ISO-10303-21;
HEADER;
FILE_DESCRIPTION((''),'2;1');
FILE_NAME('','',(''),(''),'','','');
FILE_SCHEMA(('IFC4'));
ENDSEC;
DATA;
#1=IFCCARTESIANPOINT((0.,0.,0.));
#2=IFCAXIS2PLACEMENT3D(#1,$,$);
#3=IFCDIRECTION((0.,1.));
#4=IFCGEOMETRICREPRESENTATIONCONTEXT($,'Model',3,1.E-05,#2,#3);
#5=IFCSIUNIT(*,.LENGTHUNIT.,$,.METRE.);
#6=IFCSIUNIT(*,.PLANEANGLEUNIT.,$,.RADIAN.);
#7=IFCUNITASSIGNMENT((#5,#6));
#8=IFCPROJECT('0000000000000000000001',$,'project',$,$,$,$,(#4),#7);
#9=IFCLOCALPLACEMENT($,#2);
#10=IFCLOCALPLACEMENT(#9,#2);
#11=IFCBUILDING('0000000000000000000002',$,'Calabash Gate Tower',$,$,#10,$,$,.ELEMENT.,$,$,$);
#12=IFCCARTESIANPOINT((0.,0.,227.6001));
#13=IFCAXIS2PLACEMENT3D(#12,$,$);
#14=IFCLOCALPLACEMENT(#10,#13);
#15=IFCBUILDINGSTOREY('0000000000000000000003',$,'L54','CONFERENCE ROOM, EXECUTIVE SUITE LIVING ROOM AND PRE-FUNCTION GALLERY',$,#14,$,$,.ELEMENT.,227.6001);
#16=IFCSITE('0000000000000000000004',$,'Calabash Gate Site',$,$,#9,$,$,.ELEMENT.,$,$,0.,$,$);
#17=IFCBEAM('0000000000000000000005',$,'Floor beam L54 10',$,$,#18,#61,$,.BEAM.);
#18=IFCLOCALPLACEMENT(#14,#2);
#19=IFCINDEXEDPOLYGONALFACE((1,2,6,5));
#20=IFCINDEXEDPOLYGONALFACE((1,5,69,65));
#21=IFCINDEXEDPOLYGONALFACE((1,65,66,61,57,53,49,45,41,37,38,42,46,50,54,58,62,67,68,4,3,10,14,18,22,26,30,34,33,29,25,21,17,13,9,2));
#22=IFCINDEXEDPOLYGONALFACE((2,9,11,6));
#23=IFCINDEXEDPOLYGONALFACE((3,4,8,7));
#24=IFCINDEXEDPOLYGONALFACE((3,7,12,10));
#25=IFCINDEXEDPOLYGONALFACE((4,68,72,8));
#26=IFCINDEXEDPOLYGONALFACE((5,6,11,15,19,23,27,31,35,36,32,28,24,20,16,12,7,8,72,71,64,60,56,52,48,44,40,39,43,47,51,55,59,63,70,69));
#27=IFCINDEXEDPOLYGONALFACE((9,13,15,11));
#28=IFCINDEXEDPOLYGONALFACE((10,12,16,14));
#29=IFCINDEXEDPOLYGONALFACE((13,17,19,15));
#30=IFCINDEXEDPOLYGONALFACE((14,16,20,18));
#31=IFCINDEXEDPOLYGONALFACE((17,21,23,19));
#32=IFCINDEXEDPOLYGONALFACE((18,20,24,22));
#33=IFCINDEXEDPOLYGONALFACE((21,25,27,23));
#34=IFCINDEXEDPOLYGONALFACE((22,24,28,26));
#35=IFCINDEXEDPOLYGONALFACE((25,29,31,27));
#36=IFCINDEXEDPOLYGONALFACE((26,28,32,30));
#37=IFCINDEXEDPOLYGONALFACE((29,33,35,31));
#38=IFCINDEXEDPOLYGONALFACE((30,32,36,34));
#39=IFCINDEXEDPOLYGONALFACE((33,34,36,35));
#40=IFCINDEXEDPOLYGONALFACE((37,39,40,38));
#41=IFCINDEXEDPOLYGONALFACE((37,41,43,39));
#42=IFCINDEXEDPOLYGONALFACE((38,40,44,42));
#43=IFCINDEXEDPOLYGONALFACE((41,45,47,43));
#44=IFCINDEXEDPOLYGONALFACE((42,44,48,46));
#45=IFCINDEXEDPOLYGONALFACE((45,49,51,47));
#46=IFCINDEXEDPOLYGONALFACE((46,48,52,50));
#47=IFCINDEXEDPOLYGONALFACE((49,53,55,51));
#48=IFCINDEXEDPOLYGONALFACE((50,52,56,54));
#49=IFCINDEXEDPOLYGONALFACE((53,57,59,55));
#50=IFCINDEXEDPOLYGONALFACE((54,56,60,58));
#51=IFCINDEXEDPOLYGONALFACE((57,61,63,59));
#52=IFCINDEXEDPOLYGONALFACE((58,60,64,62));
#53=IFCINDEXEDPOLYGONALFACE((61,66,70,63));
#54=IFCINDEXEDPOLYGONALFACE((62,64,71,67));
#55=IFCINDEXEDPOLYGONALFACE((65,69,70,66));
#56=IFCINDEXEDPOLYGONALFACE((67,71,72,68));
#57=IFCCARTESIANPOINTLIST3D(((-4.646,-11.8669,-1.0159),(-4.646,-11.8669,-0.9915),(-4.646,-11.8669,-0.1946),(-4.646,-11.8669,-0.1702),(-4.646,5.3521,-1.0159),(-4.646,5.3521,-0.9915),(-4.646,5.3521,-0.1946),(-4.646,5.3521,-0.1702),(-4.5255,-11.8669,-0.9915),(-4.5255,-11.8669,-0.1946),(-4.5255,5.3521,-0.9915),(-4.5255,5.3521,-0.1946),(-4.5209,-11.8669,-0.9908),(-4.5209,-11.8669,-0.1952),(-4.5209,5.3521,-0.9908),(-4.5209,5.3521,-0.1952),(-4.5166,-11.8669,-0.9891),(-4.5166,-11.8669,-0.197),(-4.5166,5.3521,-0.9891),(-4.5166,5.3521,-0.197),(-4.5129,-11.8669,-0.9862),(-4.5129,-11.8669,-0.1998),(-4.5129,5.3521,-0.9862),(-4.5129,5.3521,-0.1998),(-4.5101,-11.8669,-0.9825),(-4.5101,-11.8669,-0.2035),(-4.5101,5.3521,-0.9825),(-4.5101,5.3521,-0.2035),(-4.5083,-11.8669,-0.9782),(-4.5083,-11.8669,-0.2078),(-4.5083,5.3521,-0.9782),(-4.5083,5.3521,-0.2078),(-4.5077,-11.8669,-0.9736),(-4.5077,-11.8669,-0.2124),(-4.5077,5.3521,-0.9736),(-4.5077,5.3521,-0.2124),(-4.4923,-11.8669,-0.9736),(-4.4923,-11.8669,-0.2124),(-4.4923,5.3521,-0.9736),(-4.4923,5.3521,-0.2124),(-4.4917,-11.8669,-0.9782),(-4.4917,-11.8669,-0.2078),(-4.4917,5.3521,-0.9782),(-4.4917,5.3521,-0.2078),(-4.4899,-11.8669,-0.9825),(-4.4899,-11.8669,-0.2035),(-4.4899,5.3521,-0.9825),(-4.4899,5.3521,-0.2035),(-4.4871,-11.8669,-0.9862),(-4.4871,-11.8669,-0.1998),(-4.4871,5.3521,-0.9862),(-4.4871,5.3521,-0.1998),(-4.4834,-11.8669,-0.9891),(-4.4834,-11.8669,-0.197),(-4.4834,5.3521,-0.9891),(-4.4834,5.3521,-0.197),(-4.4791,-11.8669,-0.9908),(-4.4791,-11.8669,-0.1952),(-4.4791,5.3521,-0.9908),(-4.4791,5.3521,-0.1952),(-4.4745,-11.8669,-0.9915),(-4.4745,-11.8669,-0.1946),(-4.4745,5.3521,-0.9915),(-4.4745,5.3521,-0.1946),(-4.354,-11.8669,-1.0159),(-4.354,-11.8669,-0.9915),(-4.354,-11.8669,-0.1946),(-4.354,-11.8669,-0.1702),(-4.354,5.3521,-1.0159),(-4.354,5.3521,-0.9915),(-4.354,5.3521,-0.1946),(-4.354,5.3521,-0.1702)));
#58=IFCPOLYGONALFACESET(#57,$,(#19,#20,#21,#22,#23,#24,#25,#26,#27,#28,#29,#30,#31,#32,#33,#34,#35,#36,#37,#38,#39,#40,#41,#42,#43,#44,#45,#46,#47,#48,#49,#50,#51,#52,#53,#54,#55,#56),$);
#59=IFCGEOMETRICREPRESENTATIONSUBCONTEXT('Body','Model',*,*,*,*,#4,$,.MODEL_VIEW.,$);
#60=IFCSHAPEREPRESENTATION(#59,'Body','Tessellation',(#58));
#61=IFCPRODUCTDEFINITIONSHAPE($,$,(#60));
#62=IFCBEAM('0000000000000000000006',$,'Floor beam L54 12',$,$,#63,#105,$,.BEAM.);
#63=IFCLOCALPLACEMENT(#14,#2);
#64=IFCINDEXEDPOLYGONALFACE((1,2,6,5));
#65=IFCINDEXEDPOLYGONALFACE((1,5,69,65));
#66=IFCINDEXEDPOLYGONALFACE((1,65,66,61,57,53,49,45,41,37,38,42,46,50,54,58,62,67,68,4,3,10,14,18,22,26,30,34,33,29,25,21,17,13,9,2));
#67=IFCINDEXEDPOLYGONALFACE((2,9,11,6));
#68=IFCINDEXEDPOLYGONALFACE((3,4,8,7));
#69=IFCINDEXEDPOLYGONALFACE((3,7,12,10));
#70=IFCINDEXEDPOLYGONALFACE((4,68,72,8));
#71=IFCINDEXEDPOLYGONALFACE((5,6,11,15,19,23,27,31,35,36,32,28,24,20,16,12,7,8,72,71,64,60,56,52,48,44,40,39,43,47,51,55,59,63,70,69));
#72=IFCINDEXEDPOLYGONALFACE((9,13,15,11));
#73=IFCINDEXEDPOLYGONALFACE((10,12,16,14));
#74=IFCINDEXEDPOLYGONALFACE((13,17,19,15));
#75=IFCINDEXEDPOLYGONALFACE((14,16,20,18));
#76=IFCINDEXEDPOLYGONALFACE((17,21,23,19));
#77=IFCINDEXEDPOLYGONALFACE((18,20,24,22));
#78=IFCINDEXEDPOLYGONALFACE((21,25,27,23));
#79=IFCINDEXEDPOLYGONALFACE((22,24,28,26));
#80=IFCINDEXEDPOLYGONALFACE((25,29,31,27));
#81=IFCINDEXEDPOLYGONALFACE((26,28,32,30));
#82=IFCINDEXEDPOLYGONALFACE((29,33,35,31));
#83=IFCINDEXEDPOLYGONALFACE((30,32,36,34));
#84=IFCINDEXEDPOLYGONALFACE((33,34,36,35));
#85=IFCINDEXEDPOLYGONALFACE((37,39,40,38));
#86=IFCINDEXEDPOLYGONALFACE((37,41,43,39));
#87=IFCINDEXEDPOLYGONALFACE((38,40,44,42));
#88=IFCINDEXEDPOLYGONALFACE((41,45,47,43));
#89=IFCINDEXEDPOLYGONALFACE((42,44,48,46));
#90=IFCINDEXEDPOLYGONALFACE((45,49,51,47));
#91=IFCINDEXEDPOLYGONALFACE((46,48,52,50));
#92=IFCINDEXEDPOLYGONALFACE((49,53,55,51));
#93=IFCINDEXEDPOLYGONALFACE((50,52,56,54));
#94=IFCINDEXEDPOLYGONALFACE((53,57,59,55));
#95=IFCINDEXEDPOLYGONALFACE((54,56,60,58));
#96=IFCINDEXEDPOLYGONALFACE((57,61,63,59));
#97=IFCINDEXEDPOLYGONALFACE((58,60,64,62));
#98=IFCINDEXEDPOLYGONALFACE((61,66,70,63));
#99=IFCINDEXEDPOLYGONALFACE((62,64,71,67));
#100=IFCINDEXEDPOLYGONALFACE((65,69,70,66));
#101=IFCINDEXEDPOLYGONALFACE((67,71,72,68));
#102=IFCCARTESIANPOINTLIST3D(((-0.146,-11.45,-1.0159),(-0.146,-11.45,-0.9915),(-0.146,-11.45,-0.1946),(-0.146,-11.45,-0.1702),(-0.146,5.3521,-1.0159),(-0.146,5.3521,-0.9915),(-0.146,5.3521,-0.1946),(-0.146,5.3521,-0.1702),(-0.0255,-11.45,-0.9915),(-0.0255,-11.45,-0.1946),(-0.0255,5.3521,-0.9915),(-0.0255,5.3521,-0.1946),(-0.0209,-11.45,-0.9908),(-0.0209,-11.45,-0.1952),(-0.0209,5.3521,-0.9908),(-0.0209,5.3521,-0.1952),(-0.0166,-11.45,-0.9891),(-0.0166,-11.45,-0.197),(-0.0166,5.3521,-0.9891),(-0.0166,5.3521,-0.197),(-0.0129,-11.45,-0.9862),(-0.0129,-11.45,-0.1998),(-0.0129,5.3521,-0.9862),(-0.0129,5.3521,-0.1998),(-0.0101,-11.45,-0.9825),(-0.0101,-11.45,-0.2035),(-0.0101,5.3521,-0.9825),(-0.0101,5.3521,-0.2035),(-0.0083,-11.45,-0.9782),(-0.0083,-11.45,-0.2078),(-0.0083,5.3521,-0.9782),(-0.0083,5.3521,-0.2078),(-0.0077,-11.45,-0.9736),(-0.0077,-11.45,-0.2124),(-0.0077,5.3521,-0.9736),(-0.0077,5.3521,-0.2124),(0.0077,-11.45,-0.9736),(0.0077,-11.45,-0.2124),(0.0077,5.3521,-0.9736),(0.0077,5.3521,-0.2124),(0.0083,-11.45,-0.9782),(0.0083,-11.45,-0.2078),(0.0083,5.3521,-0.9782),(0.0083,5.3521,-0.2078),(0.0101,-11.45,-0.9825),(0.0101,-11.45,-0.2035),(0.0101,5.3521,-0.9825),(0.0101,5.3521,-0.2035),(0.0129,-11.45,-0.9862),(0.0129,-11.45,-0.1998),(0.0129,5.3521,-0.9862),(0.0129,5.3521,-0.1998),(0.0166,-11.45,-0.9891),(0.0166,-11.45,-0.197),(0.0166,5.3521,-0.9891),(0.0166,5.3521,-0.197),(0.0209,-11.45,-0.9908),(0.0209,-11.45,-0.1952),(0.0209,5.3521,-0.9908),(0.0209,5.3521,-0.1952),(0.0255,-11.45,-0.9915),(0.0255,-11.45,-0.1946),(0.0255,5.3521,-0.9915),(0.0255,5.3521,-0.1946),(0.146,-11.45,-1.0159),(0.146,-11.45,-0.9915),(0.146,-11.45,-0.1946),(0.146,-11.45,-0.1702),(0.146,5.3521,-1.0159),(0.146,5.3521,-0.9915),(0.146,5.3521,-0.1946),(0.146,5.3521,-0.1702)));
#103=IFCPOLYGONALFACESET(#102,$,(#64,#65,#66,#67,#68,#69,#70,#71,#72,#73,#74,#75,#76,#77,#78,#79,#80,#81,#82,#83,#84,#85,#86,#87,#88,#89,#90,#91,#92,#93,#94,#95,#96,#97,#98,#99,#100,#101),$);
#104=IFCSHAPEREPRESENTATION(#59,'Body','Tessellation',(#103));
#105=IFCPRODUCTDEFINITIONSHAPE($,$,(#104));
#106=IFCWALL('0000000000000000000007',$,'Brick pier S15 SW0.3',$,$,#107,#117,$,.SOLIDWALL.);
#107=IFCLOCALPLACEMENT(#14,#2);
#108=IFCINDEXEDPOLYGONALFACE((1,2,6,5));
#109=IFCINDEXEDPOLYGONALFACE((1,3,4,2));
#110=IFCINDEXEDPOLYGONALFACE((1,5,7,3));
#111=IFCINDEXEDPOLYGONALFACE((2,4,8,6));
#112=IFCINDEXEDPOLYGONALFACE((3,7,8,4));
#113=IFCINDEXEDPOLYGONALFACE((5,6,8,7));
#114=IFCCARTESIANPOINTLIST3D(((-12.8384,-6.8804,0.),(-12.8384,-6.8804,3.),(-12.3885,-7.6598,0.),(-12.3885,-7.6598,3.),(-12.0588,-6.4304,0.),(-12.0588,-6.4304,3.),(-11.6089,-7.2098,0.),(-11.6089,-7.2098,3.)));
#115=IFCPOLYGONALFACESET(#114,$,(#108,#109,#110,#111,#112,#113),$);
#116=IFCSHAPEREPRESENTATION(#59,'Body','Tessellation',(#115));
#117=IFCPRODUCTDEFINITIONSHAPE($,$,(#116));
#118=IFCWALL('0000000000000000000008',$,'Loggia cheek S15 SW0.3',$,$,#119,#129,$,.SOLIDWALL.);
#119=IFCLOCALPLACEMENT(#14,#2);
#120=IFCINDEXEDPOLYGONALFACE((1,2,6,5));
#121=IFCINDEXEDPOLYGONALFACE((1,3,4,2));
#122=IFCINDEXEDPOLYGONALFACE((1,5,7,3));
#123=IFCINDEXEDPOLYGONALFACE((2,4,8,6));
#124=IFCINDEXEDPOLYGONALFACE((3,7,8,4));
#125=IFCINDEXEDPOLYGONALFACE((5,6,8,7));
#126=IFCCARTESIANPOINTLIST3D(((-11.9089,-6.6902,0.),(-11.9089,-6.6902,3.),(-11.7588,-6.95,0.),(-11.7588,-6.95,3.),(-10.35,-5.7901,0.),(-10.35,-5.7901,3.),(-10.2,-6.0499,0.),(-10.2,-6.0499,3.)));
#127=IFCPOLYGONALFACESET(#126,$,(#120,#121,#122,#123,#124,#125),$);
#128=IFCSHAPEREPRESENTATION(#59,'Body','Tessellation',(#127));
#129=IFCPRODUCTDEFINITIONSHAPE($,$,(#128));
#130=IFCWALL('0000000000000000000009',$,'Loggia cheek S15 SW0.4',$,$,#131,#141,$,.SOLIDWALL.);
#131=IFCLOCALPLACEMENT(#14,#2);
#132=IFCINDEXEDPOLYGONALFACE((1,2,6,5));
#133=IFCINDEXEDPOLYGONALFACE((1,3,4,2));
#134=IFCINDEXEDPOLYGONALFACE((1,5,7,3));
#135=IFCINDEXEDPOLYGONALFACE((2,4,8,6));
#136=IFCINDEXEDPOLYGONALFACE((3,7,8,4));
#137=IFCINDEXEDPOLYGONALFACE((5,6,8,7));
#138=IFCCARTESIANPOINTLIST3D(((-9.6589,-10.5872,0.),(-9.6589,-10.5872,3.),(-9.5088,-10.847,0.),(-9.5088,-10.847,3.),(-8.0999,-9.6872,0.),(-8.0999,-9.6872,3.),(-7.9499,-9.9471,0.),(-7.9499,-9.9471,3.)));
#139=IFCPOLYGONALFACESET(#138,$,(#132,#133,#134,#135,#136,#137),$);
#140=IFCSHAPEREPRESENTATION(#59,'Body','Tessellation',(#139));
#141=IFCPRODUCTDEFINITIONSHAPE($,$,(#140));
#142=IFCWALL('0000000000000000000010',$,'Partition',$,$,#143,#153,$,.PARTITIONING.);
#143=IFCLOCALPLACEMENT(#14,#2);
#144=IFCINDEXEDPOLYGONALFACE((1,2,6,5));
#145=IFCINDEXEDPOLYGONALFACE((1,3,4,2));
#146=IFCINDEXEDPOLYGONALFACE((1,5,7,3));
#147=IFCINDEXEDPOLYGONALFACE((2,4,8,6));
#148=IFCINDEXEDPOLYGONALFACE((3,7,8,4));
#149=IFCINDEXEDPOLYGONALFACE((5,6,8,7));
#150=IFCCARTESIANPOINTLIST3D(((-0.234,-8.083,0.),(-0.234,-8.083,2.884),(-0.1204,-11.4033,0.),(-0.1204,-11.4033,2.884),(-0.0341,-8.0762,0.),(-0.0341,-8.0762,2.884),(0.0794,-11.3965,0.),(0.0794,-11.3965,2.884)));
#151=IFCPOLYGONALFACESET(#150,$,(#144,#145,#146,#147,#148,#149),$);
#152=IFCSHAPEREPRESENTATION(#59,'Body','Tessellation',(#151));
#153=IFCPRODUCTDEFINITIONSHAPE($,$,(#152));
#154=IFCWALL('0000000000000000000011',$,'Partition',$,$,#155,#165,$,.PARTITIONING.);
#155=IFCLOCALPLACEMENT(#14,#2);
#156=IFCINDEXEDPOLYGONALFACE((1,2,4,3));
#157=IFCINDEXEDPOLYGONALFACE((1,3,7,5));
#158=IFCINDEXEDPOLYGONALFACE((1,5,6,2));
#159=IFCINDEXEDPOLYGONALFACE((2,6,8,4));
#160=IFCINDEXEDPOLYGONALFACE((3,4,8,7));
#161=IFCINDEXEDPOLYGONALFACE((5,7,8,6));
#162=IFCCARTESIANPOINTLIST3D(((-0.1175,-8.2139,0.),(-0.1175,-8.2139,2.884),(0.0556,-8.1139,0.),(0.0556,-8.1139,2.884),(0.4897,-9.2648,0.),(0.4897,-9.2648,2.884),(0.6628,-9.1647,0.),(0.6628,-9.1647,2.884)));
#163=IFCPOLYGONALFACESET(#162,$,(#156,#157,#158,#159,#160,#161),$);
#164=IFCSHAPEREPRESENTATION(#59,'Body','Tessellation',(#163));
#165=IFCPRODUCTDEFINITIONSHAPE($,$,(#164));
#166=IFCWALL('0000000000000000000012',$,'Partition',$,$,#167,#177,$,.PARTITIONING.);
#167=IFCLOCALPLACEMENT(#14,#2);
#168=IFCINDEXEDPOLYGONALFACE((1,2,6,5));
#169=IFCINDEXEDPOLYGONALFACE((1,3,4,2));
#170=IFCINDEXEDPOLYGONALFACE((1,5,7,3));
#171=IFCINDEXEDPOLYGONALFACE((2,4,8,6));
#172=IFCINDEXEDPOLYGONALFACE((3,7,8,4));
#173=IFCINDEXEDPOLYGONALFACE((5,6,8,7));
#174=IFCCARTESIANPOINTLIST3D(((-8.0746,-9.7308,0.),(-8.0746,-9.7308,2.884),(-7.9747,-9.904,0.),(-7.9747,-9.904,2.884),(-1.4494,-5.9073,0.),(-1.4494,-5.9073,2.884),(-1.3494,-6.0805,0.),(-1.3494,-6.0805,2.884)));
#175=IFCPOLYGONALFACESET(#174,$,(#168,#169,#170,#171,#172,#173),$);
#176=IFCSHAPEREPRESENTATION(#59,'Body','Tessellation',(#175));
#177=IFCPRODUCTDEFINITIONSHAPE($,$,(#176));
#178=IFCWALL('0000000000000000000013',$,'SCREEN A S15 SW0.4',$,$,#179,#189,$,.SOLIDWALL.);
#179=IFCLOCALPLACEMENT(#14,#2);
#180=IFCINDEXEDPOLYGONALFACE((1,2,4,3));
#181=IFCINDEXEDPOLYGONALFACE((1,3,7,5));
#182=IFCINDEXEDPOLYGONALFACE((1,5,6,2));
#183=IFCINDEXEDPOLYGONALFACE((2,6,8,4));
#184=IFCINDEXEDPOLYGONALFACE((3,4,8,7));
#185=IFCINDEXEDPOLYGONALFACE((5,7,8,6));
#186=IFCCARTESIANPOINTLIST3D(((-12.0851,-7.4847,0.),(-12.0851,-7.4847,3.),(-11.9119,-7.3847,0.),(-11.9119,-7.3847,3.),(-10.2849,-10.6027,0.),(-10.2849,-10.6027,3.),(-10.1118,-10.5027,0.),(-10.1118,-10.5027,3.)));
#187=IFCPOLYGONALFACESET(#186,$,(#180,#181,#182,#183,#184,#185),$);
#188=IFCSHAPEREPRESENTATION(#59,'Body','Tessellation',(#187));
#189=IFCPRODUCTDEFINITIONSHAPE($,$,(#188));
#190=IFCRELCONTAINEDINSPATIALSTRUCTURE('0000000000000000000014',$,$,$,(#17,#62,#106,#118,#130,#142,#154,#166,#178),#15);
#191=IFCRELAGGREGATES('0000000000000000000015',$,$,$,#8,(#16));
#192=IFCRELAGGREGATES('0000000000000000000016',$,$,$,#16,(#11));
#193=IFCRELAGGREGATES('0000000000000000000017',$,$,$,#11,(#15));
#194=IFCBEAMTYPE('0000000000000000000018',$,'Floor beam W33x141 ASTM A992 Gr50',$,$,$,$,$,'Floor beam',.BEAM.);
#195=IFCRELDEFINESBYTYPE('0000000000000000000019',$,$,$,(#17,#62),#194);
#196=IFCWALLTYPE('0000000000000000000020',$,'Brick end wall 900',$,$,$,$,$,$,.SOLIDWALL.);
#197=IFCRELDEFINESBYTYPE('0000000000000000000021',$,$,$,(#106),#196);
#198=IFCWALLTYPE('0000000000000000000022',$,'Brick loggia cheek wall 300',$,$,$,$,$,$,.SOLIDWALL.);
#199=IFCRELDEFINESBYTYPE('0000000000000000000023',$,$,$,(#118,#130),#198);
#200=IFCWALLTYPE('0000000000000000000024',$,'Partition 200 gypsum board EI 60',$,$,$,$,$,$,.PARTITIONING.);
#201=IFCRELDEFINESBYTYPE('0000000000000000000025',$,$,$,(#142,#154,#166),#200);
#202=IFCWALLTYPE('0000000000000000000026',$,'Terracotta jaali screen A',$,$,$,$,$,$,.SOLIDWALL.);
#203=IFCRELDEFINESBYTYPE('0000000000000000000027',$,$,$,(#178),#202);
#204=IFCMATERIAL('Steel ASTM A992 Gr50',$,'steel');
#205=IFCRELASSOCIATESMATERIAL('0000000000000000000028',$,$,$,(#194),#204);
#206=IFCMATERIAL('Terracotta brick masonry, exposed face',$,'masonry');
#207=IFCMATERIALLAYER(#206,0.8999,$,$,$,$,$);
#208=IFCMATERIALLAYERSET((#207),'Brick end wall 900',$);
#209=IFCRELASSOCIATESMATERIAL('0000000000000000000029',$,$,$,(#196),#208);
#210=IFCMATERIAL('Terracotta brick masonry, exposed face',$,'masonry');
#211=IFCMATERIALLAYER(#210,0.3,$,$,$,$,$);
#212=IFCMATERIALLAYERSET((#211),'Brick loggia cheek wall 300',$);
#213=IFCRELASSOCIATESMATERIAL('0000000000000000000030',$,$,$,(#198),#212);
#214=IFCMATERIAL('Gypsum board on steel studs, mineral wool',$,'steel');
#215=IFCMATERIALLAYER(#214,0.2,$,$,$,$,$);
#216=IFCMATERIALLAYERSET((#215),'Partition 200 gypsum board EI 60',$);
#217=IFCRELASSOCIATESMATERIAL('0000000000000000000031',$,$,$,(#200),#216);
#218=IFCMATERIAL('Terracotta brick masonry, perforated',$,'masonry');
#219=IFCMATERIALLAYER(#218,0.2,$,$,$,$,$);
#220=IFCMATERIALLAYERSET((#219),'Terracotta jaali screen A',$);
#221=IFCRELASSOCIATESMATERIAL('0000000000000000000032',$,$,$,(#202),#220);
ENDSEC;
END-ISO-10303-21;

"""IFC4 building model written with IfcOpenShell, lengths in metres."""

from ifc_helpers import new_model, si_unit, direction, frame, frame_2d, origin, origin_2d, place, context, subcontext, project, spatial, rectangle, i_section, extrude, material, layer, layer_set, material_profile, profile_set, type_object, element, save


model = new_model("IFC4")

# Units and contexts
model_context = context("Model", 3, precision=1e-05, world=origin(), true_north=direction((0.0, 1.0)))
body_context = subcontext(model_context, "Body", "Model", "MODEL_VIEW")
ifc_project = project(units=[si_unit("LENGTHUNIT", "METRE"), si_unit("PLANEANGLEUNIT", "RADIAN")], contexts=[model_context])

# Site, building, storey
site_placement = place(None, origin())
site = spatial("IfcSite", under=ifc_project, at=site_placement, Name="Calabash Gate Site", CompositionType="ELEMENT", RefElevation=0.0)
building_placement = place(site_placement, origin())
building = spatial("IfcBuilding", under=site, at=building_placement, Name="Calabash Gate Tower", CompositionType="ELEMENT")
storey_placement = place(building_placement, frame((0.0, 0.0, 227.6001)))
storey = spatial("IfcBuildingStorey", under=building, at=storey_placement, Name="L54", Description="CONFERENCE ROOM, EXECUTIVE SUITE LIVING ROOM AND PRE-FUNCTION GALLERY", CompositionType="ELEMENT", Elevation=227.6001)

# Beams
ifc_material_1 = material(Name="Steel ASTM A992 Gr50", Category="steel")
ifc_material_profile_1 = material_profile(ifc_material_1, i_section(OverallWidth=0.292, OverallDepth=0.8457, WebThickness=0.0154, FlangeThickness=0.0244, FilletRadius=0.0178, at=origin_2d()))
ifc_profile_set_1 = profile_set([ifc_material_profile_1], Name="Steel ASTM A992 Gr50")
beam_type_1 = type_object("IfcBeamType", Name="Floor beam W33x141 ASTM A992 Gr50", ElementType="Floor beam", PredefinedType="BEAM", material=ifc_profile_set_1)
beam_1_placement = place(storey_placement, frame((-4.5, -11.8669, -0.593), z_axis=(0.0, 1.0, 0.0), x_axis=(-1.0, 0.0, 0.0)))
element("IfcBeam", 1, at=beam_1_placement, inside=storey, type_object=beam_type_1, Name="Floor beam L54 10", PredefinedType="BEAM", context=body_context, shape_type="SweptSolid", body=[
    extrude(i_section(OverallWidth=0.292, OverallDepth=0.8457, WebThickness=0.0154, FlangeThickness=0.0244, FilletRadius=0.0178, at=origin_2d()), origin(), (0.0, 0.0, 1.0), 17.219),
])
beam_2_placement = place(storey_placement, frame((0.0, -11.45, -0.593), z_axis=(0.0, 1.0, 0.0), x_axis=(-1.0, 0.0, 0.0)))
element("IfcBeam", 2, at=beam_2_placement, inside=storey, type_object=beam_type_1, Name="Floor beam L54 12", PredefinedType="BEAM", context=body_context, shape_type="SweptSolid", body=[
    extrude(i_section(OverallWidth=0.292, OverallDepth=0.8457, WebThickness=0.0154, FlangeThickness=0.0244, FilletRadius=0.0178, at=origin_2d()), origin(), (0.0, 0.0, 1.0), 16.802),
])

# Walls
ifc_material_2 = material(Name="Terracotta brick masonry, exposed face", Category="masonry")
ifc_layer_1 = layer(ifc_material_2, 0.8999)
ifc_layer_set_1 = layer_set([ifc_layer_1], Name="Brick end wall 900")
wall_type_1 = type_object("IfcWallType", Name="Brick end wall 900", PredefinedType="SOLIDWALL", material=ifc_layer_set_1)
wall_1_placement = place(storey_placement, frame((-11.8337, -6.8201, 0.0), z_axis=(0.0, 0.0, 1.0), x_axis=(-0.866082, -0.499902, 0.0)))
element("IfcWall", 3, at=wall_1_placement, inside=storey, type_object=wall_type_1, Name="Brick pier S15 SW0.3", PredefinedType="SOLIDWALL", context=body_context, shape_type="SweptSolid", body=[
    extrude(rectangle(XDim=0.9001, YDim=0.8999, at=frame_2d((0.4502, 0.0))), origin(), (0.0, 0.0, 1.0), 3.0),
])
ifc_material_3 = material(Name="Terracotta brick masonry, exposed face", Category="masonry")
ifc_layer_2 = layer(ifc_material_3, 0.3)
ifc_layer_set_2 = layer_set([ifc_layer_2], Name="Brick loggia cheek wall 300")
wall_type_2 = type_object("IfcWallType", Name="Brick loggia cheek wall 300", PredefinedType="SOLIDWALL", material=ifc_layer_set_2)
for number, where, z_axis, x_axis, name in (
    (4, (-11.8337, -6.8201, 0.0), (0.0, 0.0, 1.0), (0.865989, 0.500063, 0.0), "Loggia cheek S15 SW0.3"),
    (5, (-9.5837, -10.717, 0.0), (0.0, 0.0, 1.0), (0.866048, 0.499961, 0.0), "Loggia cheek S15 SW0.4"),
):
    element("IfcWall", number, at=place(storey_placement, frame(where, z_axis=z_axis, x_axis=x_axis)), inside=storey, type_object=wall_type_2, Name=name, PredefinedType="SOLIDWALL", context=body_context, shape_type="SweptSolid", body=[
        extrude(rectangle(XDim=1.8, YDim=0.3, at=frame_2d((0.8999, 0.0))), origin(), (0.0, 0.0, 1.0), 3.0),
    ])
ifc_material_4 = material(Name="Gypsum board on steel studs, mineral wool", Category="steel")
ifc_layer_3 = layer(ifc_material_4, 0.2)
ifc_layer_set_3 = layer_set([ifc_layer_3], Name="Partition 200 gypsum board EI 60")
wall_type_3 = type_object("IfcWallType", Name="Partition 200 gypsum board EI 60", PredefinedType="PARTITIONING", material=ifc_layer_set_3)
wall_2_placement = place(storey_placement, frame((-0.134, -8.0796, 0.0), z_axis=(0.0, 0.0, 1.0), x_axis=(0.034171, -0.999416, 0.0)))
element("IfcWall", 6, at=wall_2_placement, inside=storey, type_object=wall_type_3, Name="Partition", PredefinedType="PARTITIONING", context=body_context, shape_type="SweptSolid", body=[
    extrude(rectangle(XDim=3.3223, YDim=0.2, at=frame_2d((1.6611, 0.0))), origin(), (0.0, 0.0, 1.0), 2.884),
])
wall_3_placement = place(storey_placement, frame((-0.031, -8.1638, 0.0), z_axis=(0.0, 0.0, 1.0), x_axis=(0.500314, -0.865844, 0.0)))
element("IfcWall", 7, at=wall_3_placement, inside=storey, type_object=wall_type_3, Name="Partition", PredefinedType="PARTITIONING", context=body_context, shape_type="SweptSolid", body=[
    extrude(rectangle(XDim=1.2136, YDim=0.2, at=frame_2d((0.6069, 0.0))), origin(), (0.0, 0.0, 1.0), 2.884),
])
wall_4_placement = place(storey_placement, frame((-8.0247, -9.8174, 0.0), z_axis=(0.0, 0.0, 1.0), x_axis=(0.866116, 0.499843, 0.0)))
element("IfcWall", 8, at=wall_4_placement, inside=storey, type_object=wall_type_3, Name="Partition", PredefinedType="PARTITIONING", context=body_context, shape_type="SweptSolid", body=[
    extrude(rectangle(XDim=7.6494, YDim=0.2, at=frame_2d((3.8247, 0.0))), origin(), (0.0, 0.0, 1.0), 2.884),
])
ifc_material_5 = material(Name="Terracotta brick masonry, perforated", Category="masonry")
ifc_layer_4 = layer(ifc_material_5, 0.2)
ifc_layer_set_4 = layer_set([ifc_layer_4], Name="Terracotta jaali screen A")
wall_type_4 = type_object("IfcWallType", Name="Terracotta jaali screen A", PredefinedType="SOLIDWALL", material=ifc_layer_set_4)
wall_5_placement = place(storey_placement, frame((-11.9985, -7.4346, 0.0), z_axis=(0.0, 0.0, 1.0), x_axis=(0.499983, -0.866035, 0.0)))
element("IfcWall", 9, at=wall_5_placement, inside=storey, type_object=wall_type_4, Name="SCREEN A S15 SW0.4", PredefinedType="SOLIDWALL", context=body_context, shape_type="SweptSolid", body=[
    extrude(rectangle(XDim=3.6003, YDim=0.2, at=frame_2d((1.8003, 0.0))), origin(), (0.0, 0.0, 1.0), 3.0),
])

save(model, "model.ifc")
